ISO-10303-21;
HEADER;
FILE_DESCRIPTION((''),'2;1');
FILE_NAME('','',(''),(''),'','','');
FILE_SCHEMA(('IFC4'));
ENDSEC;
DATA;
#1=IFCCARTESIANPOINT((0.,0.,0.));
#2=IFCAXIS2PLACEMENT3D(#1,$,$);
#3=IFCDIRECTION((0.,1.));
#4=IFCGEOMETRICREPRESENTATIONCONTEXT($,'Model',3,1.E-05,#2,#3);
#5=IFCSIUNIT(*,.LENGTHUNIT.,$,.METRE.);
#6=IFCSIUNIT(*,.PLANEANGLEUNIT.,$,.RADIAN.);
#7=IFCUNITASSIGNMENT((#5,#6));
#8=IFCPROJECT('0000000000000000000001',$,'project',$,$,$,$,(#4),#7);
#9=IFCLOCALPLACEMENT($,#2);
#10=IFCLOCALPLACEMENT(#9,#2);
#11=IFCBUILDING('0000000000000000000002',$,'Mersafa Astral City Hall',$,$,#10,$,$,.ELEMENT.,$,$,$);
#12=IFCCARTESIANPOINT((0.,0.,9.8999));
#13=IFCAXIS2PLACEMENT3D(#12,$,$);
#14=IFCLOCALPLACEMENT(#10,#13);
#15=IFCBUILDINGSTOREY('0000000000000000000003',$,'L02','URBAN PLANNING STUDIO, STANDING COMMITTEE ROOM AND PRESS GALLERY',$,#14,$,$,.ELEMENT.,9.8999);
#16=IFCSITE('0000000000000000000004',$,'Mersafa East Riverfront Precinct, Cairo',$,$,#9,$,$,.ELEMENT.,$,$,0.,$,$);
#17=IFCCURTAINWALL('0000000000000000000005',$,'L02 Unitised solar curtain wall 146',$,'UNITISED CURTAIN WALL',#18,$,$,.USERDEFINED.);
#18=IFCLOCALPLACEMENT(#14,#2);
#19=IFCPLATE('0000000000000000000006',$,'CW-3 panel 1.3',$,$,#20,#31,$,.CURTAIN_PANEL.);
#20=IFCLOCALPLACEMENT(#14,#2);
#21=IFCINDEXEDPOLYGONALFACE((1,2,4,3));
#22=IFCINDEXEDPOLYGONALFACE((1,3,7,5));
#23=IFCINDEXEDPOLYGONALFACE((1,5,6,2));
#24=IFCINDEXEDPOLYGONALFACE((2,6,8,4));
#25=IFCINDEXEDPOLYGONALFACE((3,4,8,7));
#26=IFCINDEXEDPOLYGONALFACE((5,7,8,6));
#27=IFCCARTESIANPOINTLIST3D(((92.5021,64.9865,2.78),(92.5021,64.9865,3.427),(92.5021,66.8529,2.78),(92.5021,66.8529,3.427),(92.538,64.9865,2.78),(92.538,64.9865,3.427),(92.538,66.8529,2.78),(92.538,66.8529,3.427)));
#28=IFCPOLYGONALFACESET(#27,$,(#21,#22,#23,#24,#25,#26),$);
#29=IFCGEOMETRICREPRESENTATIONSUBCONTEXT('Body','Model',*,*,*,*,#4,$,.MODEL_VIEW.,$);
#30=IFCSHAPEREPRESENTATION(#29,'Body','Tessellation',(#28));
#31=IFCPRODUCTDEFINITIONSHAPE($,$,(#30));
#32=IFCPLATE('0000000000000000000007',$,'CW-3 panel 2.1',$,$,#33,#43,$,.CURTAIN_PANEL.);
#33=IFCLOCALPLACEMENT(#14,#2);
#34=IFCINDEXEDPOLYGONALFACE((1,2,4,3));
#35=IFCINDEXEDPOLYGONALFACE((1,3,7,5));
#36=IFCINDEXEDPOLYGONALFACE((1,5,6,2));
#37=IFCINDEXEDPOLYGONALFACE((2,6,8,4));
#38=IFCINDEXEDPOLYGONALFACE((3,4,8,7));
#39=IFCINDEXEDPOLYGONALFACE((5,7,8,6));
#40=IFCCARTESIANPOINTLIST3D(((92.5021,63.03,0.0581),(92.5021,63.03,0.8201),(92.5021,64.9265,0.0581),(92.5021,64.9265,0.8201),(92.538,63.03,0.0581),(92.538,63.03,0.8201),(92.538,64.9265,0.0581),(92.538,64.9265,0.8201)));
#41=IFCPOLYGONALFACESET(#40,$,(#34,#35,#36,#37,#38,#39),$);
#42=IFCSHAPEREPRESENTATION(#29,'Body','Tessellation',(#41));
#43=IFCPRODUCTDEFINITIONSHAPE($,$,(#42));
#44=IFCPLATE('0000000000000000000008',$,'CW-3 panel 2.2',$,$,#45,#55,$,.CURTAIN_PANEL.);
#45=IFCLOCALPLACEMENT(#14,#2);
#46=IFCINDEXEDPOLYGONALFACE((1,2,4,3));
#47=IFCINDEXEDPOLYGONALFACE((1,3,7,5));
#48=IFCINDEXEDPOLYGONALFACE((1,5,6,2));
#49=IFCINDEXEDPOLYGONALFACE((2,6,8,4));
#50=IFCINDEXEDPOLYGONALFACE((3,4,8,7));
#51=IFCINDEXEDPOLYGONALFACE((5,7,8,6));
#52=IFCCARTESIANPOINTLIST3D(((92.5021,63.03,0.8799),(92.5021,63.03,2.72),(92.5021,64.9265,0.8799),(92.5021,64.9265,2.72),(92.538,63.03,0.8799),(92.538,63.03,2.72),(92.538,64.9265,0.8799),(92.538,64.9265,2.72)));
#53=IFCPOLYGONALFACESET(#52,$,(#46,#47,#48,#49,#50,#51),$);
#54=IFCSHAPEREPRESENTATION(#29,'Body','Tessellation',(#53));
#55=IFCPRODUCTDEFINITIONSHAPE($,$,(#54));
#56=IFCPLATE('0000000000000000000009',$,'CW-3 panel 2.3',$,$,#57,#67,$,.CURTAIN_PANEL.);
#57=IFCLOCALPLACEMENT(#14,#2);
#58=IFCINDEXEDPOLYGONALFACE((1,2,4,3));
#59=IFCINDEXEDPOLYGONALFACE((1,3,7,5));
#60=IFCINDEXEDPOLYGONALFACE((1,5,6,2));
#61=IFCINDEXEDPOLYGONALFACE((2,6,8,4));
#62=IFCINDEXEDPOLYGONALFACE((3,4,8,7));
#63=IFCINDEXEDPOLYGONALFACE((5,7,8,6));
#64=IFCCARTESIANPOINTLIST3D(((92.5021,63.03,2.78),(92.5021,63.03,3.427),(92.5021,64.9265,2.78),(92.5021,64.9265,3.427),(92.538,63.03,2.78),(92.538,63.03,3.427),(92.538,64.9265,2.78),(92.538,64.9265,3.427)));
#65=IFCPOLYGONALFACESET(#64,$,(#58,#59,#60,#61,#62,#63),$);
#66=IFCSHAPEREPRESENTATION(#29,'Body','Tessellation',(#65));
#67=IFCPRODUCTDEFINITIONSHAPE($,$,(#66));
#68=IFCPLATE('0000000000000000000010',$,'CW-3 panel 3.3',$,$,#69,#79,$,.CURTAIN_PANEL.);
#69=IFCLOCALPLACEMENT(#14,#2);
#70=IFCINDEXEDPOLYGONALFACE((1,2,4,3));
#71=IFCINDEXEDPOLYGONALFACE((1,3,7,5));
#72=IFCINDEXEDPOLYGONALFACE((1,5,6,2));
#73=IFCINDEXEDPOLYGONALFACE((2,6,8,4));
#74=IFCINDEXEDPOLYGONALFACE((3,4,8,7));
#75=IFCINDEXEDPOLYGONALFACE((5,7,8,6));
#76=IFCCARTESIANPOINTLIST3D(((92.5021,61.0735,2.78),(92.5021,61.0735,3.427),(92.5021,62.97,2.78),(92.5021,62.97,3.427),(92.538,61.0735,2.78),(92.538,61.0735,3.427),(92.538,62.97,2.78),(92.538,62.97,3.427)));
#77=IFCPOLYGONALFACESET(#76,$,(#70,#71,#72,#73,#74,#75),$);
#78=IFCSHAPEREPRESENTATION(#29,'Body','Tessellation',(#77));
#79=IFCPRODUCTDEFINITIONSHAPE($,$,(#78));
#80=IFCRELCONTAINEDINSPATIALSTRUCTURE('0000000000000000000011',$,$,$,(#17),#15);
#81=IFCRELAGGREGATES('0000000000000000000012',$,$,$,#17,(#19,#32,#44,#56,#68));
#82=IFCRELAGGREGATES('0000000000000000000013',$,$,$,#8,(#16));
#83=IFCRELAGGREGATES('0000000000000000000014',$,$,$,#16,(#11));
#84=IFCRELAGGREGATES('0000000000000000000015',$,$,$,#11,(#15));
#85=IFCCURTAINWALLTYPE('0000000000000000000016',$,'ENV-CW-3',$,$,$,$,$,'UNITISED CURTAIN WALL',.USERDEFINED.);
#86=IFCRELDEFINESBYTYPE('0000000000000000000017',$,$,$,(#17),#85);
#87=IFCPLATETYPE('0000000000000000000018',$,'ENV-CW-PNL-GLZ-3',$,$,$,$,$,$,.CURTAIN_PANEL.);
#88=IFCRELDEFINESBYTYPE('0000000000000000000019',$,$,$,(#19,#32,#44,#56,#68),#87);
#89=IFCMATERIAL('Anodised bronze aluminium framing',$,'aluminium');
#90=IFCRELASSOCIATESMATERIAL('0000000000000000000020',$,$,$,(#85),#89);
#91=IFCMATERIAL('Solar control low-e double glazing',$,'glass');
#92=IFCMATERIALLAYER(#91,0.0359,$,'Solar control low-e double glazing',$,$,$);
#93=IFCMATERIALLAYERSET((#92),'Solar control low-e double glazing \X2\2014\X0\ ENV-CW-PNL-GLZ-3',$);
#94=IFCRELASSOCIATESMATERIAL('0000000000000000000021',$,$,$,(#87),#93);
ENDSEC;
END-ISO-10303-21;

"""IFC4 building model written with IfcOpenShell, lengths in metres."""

from ifc_helpers import new_model, si_unit, direction, frame, origin, origin_2d, place, context, subcontext, project, spatial, rectangle, extrude, material, layer, layer_set, type_object, element, aggregate, save


model = new_model("IFC4")

# Units and contexts
model_context = context("Model", 3, precision=1e-05, world=origin(), true_north=direction((0.0, 1.0)))
body_context = subcontext(model_context, "Body", "Model", "MODEL_VIEW")
ifc_project = project(units=[si_unit("LENGTHUNIT", "METRE"), si_unit("PLANEANGLEUNIT", "RADIAN")], contexts=[model_context])

# Site, building, storey
site_placement = place(None, origin())
site = spatial("IfcSite", under=ifc_project, at=site_placement, Name="Mersafa East Riverfront Precinct, Cairo", CompositionType="ELEMENT", RefElevation=0.0)
building_placement = place(site_placement, origin())
building = spatial("IfcBuilding", under=site, at=building_placement, Name="Mersafa Astral City Hall", CompositionType="ELEMENT")
storey_placement = place(building_placement, frame((0.0, 0.0, 9.8999)))
storey = spatial("IfcBuildingStorey", under=building, at=storey_placement, Name="L02", Description="URBAN PLANNING STUDIO, STANDING COMMITTEE ROOM AND PRESS GALLERY", CompositionType="ELEMENT", Elevation=9.8999)

# Curtain wall
ifc_material_1 = material(Name="Anodised bronze aluminium framing", Category="aluminium")
curtain_wall_type = type_object("IfcCurtainWallType", Name="ENV-CW-3", ElementType="UNITISED CURTAIN WALL", PredefinedType="USERDEFINED", material=ifc_material_1)
curtain_wall_placement = place(storey_placement, origin())
curtain_wall = element("IfcCurtainWall", 1, at=curtain_wall_placement, inside=storey, type_object=curtain_wall_type, Name="L02 Unitised solar curtain wall 146", ObjectType="UNITISED CURTAIN WALL", PredefinedType="USERDEFINED")

# Plates
ifc_material_2 = material(Name="Solar control low-e double glazing", Category="glass")
ifc_layer = layer(ifc_material_2, 0.0359, Name="Solar control low-e double glazing")
ifc_layer_set = layer_set([ifc_layer], Name="Solar control low-e double glazing — ENV-CW-PNL-GLZ-3")
plate_type = type_object("IfcPlateType", Name="ENV-CW-PNL-GLZ-3", PredefinedType="CURTAIN_PANEL", material=ifc_layer_set)
plate_1_placement = place(storey_placement, frame((92.52, 65.9197, 2.78), z_axis=(0.0, 0.0, 1.0), x_axis=(0.0, -1.0, 0.0)))
plate_1 = element("IfcPlate", 2, at=plate_1_placement, type_object=plate_type, Name="CW-3 panel 1.3", PredefinedType="CURTAIN_PANEL", context=body_context, shape_type="SweptSolid", body=[
    extrude(rectangle(XDim=1.8665, YDim=0.0359, at=origin_2d()), origin(), (0.0, 0.0, 1.0), 0.647),
])
plate_2_placement = place(storey_placement, frame((92.52, 63.9783, 0.0581), z_axis=(0.0, 0.0, 1.0), x_axis=(0.0, -1.0, 0.0)))
plate_2 = element("IfcPlate", 3, at=plate_2_placement, type_object=plate_type, Name="CW-3 panel 2.1", PredefinedType="CURTAIN_PANEL", context=body_context, shape_type="SweptSolid", body=[
    extrude(rectangle(XDim=1.8965, YDim=0.0359, at=origin_2d()), origin(), (0.0, 0.0, 1.0), 0.762),
])
plate_3_placement = place(storey_placement, frame((92.52, 63.9783, 0.8799), z_axis=(0.0, 0.0, 1.0), x_axis=(0.0, -1.0, 0.0)))
plate_3 = element("IfcPlate", 4, at=plate_3_placement, type_object=plate_type, Name="CW-3 panel 2.2", PredefinedType="CURTAIN_PANEL", context=body_context, shape_type="SweptSolid", body=[
    extrude(rectangle(XDim=1.8965, YDim=0.0359, at=origin_2d()), origin(), (0.0, 0.0, 1.0), 1.8401),
])
plate_4_placement = place(storey_placement, frame((92.52, 63.9783, 2.78), z_axis=(0.0, 0.0, 1.0), x_axis=(0.0, -1.0, 0.0)))
plate_4 = element("IfcPlate", 5, at=plate_4_placement, type_object=plate_type, Name="CW-3 panel 2.3", PredefinedType="CURTAIN_PANEL", context=body_context, shape_type="SweptSolid", body=[
    extrude(rectangle(XDim=1.8965, YDim=0.0359, at=origin_2d()), origin(), (0.0, 0.0, 1.0), 0.647),
])
plate_5_placement = place(storey_placement, frame((92.52, 62.0217, 2.78), z_axis=(0.0, 0.0, 1.0), x_axis=(0.0, -1.0, 0.0)))
plate_5 = element("IfcPlate", 6, at=plate_5_placement, type_object=plate_type, Name="CW-3 panel 3.3", PredefinedType="CURTAIN_PANEL", context=body_context, shape_type="SweptSolid", body=[
    extrude(rectangle(XDim=1.8965, YDim=0.0359, at=origin_2d()), origin(), (0.0, 0.0, 1.0), 0.647),
])
aggregate(curtain_wall, [plate_1, plate_2, plate_3, plate_4, plate_5])

save(model, "model.ifc")
